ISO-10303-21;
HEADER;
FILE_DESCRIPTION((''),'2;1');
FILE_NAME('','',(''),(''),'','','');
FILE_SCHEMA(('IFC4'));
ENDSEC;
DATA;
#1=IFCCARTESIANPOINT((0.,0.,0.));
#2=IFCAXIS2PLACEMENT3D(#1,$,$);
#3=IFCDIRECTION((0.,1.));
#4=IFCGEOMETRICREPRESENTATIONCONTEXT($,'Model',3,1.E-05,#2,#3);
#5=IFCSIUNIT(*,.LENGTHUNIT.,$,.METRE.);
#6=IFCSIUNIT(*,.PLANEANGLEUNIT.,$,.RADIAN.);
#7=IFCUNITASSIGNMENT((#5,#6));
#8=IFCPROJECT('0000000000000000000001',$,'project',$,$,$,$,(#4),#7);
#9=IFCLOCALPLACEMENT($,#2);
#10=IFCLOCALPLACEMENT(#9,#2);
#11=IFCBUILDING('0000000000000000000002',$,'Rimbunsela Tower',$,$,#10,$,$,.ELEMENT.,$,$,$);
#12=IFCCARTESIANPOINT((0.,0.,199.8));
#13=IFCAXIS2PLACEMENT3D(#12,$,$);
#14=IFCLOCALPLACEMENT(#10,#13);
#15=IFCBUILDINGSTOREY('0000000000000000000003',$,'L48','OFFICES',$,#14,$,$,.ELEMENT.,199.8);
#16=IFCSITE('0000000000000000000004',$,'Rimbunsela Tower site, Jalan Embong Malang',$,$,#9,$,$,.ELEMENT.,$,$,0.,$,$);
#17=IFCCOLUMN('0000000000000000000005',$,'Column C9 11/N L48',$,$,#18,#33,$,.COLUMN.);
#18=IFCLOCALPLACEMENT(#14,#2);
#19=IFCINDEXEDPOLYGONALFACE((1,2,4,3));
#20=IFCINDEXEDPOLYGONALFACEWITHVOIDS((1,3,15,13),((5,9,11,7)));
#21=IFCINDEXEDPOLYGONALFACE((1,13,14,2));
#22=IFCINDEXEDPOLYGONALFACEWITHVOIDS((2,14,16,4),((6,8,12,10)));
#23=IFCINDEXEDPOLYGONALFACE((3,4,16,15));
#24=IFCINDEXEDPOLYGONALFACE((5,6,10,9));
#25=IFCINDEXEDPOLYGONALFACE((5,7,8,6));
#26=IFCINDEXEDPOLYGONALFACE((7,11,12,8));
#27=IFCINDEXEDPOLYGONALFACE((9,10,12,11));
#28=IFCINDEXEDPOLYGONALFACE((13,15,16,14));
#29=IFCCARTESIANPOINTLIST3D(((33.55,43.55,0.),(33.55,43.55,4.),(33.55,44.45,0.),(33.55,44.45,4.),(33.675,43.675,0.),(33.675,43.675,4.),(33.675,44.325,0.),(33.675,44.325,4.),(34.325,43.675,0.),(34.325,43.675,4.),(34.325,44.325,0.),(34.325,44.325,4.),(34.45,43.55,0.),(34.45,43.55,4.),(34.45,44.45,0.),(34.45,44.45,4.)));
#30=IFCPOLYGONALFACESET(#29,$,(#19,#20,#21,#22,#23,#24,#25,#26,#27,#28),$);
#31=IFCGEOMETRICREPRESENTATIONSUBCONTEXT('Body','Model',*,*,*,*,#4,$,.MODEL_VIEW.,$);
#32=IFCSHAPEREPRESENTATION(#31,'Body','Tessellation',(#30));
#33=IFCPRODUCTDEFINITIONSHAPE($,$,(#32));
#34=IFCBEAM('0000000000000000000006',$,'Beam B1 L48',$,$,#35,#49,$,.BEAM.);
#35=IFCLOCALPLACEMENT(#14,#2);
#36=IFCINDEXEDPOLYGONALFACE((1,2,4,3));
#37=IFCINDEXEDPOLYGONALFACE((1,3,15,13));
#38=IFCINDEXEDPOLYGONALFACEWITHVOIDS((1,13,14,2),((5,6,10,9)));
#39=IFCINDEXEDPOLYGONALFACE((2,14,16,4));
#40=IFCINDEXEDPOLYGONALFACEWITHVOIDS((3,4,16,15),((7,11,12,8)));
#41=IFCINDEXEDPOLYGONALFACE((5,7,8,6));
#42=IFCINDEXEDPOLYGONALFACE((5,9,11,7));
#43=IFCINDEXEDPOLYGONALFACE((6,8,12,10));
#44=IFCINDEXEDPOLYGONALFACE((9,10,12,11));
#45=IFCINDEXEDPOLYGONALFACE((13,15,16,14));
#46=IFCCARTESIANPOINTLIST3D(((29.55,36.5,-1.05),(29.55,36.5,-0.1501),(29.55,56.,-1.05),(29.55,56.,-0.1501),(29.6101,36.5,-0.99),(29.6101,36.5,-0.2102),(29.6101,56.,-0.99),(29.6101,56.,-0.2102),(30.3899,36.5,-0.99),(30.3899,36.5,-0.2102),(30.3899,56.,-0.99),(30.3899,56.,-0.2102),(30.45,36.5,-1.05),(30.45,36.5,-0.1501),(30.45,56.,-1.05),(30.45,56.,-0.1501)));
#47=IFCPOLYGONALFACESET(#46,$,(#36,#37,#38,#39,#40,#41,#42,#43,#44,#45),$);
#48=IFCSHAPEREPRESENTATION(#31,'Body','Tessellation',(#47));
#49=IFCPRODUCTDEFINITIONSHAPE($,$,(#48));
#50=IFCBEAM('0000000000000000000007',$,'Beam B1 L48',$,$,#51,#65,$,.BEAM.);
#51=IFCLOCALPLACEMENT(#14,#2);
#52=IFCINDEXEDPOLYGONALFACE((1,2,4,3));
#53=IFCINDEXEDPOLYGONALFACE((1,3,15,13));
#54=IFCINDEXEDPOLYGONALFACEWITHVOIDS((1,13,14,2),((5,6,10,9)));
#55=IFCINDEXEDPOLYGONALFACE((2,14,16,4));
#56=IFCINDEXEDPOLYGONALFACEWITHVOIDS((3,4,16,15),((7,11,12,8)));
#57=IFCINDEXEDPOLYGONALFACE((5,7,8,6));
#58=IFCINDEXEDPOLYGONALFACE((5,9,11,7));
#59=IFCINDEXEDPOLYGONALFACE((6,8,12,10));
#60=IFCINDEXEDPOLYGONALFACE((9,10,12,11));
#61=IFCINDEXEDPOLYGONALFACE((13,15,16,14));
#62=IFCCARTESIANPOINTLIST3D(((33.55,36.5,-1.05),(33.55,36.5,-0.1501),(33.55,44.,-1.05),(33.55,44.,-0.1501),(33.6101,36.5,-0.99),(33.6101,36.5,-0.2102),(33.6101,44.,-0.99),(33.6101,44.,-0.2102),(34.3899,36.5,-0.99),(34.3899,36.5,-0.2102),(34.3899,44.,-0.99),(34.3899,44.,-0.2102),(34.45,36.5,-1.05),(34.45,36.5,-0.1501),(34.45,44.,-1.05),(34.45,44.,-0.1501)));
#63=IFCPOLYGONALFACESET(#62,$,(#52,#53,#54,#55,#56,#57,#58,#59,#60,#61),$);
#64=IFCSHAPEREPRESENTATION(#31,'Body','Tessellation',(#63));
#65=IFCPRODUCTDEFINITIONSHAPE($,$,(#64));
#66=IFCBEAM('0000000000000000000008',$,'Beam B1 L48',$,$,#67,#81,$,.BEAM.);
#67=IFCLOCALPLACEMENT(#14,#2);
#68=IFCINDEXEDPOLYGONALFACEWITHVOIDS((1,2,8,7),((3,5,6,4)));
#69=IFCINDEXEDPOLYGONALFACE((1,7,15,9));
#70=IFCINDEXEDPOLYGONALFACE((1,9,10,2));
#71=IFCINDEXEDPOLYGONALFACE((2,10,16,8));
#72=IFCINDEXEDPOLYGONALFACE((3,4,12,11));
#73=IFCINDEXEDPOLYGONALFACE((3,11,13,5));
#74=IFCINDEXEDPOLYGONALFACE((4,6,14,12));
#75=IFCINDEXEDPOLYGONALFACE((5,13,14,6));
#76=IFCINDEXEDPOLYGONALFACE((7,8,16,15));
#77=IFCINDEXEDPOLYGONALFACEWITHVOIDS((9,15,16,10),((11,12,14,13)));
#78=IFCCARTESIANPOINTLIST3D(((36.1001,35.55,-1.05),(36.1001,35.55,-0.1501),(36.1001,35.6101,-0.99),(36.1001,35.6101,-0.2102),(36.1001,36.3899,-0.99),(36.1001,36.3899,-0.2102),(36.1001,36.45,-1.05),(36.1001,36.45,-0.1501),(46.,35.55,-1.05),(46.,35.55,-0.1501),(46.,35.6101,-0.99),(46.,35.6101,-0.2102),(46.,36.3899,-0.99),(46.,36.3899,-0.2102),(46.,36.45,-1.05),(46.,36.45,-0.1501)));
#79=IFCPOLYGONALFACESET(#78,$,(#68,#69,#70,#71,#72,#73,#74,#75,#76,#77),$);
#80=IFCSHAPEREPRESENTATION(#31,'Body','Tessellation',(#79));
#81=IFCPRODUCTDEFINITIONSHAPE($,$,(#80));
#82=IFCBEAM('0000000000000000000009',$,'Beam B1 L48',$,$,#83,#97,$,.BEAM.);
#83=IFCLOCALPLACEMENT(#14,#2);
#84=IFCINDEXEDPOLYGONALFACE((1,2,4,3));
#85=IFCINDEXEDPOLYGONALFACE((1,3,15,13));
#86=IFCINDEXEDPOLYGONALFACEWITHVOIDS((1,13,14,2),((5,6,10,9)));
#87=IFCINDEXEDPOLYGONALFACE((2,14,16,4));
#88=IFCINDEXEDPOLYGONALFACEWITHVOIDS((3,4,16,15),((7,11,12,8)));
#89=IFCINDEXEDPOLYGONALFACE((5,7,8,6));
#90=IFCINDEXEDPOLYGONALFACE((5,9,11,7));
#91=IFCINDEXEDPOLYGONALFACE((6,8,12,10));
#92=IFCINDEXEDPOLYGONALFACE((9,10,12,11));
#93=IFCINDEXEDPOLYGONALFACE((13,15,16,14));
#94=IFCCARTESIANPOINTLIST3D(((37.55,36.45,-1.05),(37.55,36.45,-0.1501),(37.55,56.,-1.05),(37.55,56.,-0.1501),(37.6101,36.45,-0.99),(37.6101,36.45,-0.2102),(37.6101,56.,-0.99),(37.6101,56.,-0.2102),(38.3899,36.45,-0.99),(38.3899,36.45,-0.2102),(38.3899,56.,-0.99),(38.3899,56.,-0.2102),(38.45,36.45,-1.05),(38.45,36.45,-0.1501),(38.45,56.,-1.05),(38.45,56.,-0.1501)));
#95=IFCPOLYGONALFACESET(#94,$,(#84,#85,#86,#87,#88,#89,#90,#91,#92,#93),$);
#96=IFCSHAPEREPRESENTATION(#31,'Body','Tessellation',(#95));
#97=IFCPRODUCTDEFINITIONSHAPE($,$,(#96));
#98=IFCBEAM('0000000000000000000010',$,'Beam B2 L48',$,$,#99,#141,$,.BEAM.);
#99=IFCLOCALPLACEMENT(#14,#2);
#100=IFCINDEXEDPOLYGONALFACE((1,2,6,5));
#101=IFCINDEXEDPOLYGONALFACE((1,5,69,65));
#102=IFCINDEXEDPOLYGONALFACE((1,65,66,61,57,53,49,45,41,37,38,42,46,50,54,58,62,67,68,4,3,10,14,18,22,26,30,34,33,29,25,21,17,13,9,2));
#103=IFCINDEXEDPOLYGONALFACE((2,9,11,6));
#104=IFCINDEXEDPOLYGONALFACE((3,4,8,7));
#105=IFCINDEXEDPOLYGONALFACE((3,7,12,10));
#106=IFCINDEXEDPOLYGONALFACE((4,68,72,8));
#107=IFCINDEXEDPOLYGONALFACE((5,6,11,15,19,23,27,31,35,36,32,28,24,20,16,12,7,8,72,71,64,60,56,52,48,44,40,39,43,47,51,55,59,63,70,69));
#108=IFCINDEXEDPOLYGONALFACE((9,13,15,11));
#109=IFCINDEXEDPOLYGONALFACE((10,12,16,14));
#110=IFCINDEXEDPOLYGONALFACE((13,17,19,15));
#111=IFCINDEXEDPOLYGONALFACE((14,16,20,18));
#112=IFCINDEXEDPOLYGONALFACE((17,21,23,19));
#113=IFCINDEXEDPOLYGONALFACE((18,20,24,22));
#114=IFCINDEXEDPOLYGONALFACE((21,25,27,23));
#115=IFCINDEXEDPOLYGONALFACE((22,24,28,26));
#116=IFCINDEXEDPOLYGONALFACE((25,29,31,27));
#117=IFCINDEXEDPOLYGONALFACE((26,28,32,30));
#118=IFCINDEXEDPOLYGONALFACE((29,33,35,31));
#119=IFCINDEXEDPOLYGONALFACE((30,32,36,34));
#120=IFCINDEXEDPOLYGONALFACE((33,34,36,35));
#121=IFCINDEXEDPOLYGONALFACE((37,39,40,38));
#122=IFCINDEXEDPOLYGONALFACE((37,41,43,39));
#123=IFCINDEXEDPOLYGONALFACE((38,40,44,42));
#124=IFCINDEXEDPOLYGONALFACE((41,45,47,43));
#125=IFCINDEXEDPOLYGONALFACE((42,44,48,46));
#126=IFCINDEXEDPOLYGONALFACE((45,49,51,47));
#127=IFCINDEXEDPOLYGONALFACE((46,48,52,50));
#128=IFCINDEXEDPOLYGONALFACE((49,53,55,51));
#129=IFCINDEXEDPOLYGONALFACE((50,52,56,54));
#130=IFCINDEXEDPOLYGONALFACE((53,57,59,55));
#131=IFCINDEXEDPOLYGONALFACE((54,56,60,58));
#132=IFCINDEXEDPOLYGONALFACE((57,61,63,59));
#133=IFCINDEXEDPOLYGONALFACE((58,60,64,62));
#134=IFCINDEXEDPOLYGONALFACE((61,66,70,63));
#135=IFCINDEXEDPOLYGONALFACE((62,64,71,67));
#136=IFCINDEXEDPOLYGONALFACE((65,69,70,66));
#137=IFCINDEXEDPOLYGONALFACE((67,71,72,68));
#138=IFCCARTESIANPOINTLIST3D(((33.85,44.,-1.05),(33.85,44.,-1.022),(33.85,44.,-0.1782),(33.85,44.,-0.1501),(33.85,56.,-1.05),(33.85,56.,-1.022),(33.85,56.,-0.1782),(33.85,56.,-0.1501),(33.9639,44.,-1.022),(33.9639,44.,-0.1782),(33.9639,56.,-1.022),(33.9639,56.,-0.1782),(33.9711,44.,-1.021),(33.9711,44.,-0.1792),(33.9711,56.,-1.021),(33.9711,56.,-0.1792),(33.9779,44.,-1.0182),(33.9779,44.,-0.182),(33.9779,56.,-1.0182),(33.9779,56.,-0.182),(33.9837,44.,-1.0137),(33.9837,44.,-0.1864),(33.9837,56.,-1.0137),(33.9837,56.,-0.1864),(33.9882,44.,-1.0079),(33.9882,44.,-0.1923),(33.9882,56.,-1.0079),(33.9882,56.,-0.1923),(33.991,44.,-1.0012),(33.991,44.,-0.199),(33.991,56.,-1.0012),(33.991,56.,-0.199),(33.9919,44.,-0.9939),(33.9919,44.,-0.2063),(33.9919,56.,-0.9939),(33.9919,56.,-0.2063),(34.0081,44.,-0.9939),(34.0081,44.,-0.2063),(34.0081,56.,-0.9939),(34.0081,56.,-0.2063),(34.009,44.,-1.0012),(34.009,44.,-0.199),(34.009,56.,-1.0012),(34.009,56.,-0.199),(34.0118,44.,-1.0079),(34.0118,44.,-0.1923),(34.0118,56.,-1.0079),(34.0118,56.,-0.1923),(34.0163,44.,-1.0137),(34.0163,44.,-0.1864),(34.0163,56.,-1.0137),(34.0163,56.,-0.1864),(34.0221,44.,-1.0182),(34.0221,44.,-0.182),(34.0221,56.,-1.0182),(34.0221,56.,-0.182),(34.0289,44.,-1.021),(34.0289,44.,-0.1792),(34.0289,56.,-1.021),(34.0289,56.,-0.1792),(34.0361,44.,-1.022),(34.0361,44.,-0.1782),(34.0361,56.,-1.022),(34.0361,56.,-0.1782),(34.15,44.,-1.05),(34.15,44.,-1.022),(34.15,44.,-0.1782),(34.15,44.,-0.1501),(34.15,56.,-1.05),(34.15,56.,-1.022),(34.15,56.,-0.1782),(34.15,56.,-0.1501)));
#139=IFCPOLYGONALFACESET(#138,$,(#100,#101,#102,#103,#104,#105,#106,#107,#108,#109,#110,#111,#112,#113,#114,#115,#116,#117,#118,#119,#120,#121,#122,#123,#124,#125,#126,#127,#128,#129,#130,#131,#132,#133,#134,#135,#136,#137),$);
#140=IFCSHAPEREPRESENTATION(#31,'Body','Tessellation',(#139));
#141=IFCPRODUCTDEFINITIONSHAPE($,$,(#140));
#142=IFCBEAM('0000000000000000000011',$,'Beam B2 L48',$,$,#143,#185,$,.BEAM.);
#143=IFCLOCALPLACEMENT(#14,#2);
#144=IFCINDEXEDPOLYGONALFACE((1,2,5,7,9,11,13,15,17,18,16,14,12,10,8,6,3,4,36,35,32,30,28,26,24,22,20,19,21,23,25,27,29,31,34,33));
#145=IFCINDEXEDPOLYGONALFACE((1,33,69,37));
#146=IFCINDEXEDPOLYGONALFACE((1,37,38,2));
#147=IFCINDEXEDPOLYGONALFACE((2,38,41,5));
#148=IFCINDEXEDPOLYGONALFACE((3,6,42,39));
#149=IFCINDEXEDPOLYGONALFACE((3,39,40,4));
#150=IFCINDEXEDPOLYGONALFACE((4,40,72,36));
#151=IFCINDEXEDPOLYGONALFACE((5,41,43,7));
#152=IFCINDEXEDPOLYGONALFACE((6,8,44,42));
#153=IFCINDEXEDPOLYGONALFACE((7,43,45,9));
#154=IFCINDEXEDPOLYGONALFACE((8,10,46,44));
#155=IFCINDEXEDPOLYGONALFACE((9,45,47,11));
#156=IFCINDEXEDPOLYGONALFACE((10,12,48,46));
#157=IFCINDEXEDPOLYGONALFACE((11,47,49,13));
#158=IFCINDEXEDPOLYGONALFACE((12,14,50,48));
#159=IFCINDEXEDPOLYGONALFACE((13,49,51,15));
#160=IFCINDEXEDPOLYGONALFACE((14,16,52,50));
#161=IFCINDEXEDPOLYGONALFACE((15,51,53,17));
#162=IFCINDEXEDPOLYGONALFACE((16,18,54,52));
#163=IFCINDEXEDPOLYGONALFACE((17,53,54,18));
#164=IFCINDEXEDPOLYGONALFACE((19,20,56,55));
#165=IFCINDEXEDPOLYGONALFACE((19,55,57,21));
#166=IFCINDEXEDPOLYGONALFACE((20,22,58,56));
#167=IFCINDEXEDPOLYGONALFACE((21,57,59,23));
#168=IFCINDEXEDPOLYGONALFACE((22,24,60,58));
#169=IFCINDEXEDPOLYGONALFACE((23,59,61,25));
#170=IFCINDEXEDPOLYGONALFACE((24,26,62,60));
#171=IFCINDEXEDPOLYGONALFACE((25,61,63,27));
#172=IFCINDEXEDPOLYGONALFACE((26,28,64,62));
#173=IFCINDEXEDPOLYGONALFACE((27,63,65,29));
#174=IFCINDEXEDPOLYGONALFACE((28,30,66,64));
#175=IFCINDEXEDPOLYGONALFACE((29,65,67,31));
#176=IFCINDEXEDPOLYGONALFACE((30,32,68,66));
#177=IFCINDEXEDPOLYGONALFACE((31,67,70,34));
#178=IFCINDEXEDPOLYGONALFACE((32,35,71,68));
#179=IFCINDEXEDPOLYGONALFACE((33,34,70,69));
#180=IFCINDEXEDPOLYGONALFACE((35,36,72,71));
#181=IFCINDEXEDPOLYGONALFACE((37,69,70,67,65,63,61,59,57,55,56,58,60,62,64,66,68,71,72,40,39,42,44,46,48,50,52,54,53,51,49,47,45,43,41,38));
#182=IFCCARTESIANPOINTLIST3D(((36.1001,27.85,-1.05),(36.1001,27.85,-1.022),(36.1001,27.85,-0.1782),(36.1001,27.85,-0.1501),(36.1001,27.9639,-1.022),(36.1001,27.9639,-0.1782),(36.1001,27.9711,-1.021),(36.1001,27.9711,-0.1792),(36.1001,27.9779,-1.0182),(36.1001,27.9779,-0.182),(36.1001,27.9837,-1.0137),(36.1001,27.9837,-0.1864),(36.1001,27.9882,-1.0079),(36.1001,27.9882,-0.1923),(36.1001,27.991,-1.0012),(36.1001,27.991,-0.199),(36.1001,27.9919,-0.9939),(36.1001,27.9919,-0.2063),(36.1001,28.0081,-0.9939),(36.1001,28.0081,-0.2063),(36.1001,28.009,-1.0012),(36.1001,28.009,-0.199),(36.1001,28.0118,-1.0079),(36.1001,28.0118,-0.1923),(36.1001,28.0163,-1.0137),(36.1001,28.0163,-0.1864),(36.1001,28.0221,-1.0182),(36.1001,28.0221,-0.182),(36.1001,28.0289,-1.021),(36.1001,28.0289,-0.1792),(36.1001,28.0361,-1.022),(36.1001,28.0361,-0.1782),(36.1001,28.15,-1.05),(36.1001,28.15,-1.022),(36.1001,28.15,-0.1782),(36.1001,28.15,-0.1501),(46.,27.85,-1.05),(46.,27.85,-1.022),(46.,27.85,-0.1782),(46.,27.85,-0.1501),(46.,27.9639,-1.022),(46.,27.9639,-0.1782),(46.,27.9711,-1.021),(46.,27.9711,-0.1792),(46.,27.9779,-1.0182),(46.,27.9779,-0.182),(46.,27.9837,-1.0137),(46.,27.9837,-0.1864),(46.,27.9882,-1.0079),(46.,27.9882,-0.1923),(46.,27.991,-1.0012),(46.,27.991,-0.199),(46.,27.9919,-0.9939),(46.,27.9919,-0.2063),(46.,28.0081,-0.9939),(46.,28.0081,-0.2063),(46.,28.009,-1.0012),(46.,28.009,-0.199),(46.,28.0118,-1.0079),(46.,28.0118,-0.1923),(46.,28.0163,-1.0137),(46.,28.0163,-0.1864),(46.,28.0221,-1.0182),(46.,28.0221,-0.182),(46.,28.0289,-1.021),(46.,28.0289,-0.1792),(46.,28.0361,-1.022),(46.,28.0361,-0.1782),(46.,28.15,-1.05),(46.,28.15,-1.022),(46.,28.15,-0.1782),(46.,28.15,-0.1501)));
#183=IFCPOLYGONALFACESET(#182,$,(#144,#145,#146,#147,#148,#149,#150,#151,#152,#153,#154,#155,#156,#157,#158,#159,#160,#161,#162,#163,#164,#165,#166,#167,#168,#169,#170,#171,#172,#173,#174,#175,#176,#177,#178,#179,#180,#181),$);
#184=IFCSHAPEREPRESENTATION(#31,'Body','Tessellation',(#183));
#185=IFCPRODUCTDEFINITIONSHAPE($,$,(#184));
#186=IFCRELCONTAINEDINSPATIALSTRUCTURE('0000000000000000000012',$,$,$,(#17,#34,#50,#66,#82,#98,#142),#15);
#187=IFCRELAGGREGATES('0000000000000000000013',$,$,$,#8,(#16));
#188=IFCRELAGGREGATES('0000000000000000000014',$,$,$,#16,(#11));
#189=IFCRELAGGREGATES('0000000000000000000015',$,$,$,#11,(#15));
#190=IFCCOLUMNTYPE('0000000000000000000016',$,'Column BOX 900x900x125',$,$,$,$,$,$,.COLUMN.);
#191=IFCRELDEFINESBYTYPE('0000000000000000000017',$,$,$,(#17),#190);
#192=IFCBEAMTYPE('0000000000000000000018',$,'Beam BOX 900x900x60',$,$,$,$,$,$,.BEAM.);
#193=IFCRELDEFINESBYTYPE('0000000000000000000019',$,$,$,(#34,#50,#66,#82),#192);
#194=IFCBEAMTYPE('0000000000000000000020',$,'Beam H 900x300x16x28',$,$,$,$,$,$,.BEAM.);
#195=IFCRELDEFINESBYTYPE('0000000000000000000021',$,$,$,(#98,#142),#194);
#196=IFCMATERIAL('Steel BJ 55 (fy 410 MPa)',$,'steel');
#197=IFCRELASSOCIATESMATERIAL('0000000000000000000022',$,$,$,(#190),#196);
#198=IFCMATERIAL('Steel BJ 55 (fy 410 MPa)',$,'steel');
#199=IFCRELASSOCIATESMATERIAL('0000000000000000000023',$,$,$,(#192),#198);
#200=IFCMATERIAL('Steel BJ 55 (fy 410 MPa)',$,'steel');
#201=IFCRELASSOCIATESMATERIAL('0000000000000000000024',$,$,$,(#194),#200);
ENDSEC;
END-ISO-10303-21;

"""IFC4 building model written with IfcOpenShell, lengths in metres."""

from ifc_helpers import new_model, si_unit, direction, frame, origin, origin_2d, place, context, subcontext, project, spatial, hollow_rectangle, i_section, extrude, material, material_profile, profile_set, type_object, element, save


model = new_model("IFC4")

# Units and contexts
model_context = context("Model", 3, precision=1e-05, world=origin(), true_north=direction((0.0, 1.0)))
body_context = subcontext(model_context, "Body", "Model", "MODEL_VIEW")
ifc_project = project(units=[si_unit("LENGTHUNIT", "METRE"), si_unit("PLANEANGLEUNIT", "RADIAN")], contexts=[model_context])

# Site, building, storey
site_placement = place(None, origin())
site = spatial("IfcSite", under=ifc_project, at=site_placement, Name="Rimbunsela Tower site, Jalan Embong Malang", CompositionType="ELEMENT", RefElevation=0.0)
building_placement = place(site_placement, origin())
building = spatial("IfcBuilding", under=site, at=building_placement, Name="Rimbunsela Tower", CompositionType="ELEMENT")
storey_placement = place(building_placement, frame((0.0, 0.0, 199.8)))
storey = spatial("IfcBuildingStorey", under=building, at=storey_placement, Name="L48", Description="OFFICES", CompositionType="ELEMENT", Elevation=199.8)

# Column
ifc_material_1 = material(Name="Steel BJ 55 (fy 410 MPa)", Category="steel")
ifc_material_profile_1 = material_profile(ifc_material_1, hollow_rectangle(XDim=0.8999, YDim=0.8999, WallThickness=0.125, at=origin_2d()), Name="BOX 900x900x125")
ifc_profile_set_1 = profile_set([ifc_material_profile_1], Name="Steel BJ 55 (fy 410 MPa)")
column_type = type_object("IfcColumnType", Name="Column BOX 900x900x125", PredefinedType="COLUMN", material=ifc_profile_set_1)
column_placement = place(storey_placement, frame((34.0, 44.0, 0.0), z_axis=(0.0, 0.0, 1.0), x_axis=(1.0, 0.0, 0.0)))
element("IfcColumn", 1, at=column_placement, inside=storey, type_object=column_type, Name="Column C9 11/N L48", PredefinedType="COLUMN", context=body_context, shape_type="SweptSolid", body=[
    extrude(hollow_rectangle(XDim=0.8999, YDim=0.8999, WallThickness=0.125, at=origin_2d()), origin(), (0.0, 0.0, 1.0), 4.0),
])

# Beams
ifc_material_2 = material(Name="Steel BJ 55 (fy 410 MPa)", Category="steel")
ifc_material_profile_2 = material_profile(ifc_material_2, hollow_rectangle(XDim=0.8999, YDim=0.8999, WallThickness=0.0601, at=origin_2d()), Name="BOX 900x900x60")
ifc_profile_set_2 = profile_set([ifc_material_profile_2], Name="Steel BJ 55 (fy 410 MPa)")
beam_type_1 = type_object("IfcBeamType", Name="Beam BOX 900x900x60", PredefinedType="BEAM", material=ifc_profile_set_2)
beam_1_placement = place(storey_placement, frame((30.0, 36.5, -0.6001), z_axis=(0.0, 1.0, 0.0), x_axis=(-1.0, 0.0, 0.0)))
element("IfcBeam", 2, at=beam_1_placement, inside=storey, type_object=beam_type_1, Name="Beam B1 L48", PredefinedType="BEAM", context=body_context, shape_type="SweptSolid", body=[
    extrude(hollow_rectangle(XDim=0.8999, YDim=0.8999, WallThickness=0.0601, at=origin_2d()), origin(), (0.0, 0.0, 1.0), 19.5),
])
beam_2_placement = place(storey_placement, frame((34.0, 36.5, -0.6001), z_axis=(0.0, 1.0, 0.0), x_axis=(-1.0, 0.0, 0.0)))
element("IfcBeam", 3, at=beam_2_placement, inside=storey, type_object=beam_type_1, Name="Beam B1 L48", PredefinedType="BEAM", context=body_context, shape_type="SweptSolid", body=[
    extrude(hollow_rectangle(XDim=0.8999, YDim=0.8999, WallThickness=0.0601, at=origin_2d()), origin(), (0.0, 0.0, 1.0), 7.5),
])
beam_3_placement = place(storey_placement, frame((36.1001, 36.0, -0.6001), z_axis=(1.0, 0.0, 0.0), x_axis=(0.0, 1.0, 0.0)))
element("IfcBeam", 4, at=beam_3_placement, inside=storey, type_object=beam_type_1, Name="Beam B1 L48", PredefinedType="BEAM", context=body_context, shape_type="SweptSolid", body=[
    extrude(hollow_rectangle(XDim=0.8999, YDim=0.8999, WallThickness=0.0601, at=origin_2d()), origin(), (0.0, 0.0, 1.0), 9.8999),
])
beam_4_placement = place(storey_placement, frame((38.0, 36.45, -0.6001), z_axis=(0.0, 1.0, 0.0), x_axis=(-1.0, 0.0, 0.0)))
element("IfcBeam", 5, at=beam_4_placement, inside=storey, type_object=beam_type_1, Name="Beam B1 L48", PredefinedType="BEAM", context=body_context, shape_type="SweptSolid", body=[
    extrude(hollow_rectangle(XDim=0.8999, YDim=0.8999, WallThickness=0.0601, at=origin_2d()), origin(), (0.0, 0.0, 1.0), 19.55),
])
ifc_material_3 = material(Name="Steel BJ 55 (fy 410 MPa)", Category="steel")
ifc_material_profile_3 = material_profile(ifc_material_3, i_section(OverallWidth=0.3, OverallDepth=0.8999, WebThickness=0.0161, FlangeThickness=0.0281, FilletRadius=0.0281, at=origin_2d()), Name="H 900x300x16x28")
ifc_profile_set_3 = profile_set([ifc_material_profile_3], Name="Steel BJ 55 (fy 410 MPa)")
beam_type_2 = type_object("IfcBeamType", Name="Beam H 900x300x16x28", PredefinedType="BEAM", material=ifc_profile_set_3)
beam_5_placement = place(storey_placement, frame((34.0, 44.0, -0.6001), z_axis=(0.0, 1.0, 0.0), x_axis=(-1.0, 0.0, 0.0)))
element("IfcBeam", 6, at=beam_5_placement, inside=storey, type_object=beam_type_2, Name="Beam B2 L48", PredefinedType="BEAM", context=body_context, shape_type="SweptSolid", body=[
    extrude(i_section(OverallWidth=0.3, OverallDepth=0.8999, WebThickness=0.0161, FlangeThickness=0.0281, FilletRadius=0.0281, at=origin_2d()), origin(), (0.0, 0.0, 1.0), 12.0),
])
for number, where, z_axis, x_axis, name in (
    (7, (36.1001, 28.0, -0.6001), (1.0, 0.0, 0.0), (0.0, 1.0, 0.0), "Beam B2 L48"),
):
    element("IfcBeam", number, at=place(storey_placement, frame(where, z_axis=z_axis, x_axis=x_axis)), inside=storey, type_object=beam_type_2, Name=name, PredefinedType="BEAM", context=body_context, shape_type="SweptSolid", body=[
        extrude(i_section(OverallWidth=0.3, OverallDepth=0.8999, WebThickness=0.0161, FlangeThickness=0.0281, FilletRadius=0.0281, at=origin_2d()), origin(), (0.0, 0.0, 1.0), 9.8999),
    ])

save(model, "model.ifc")
